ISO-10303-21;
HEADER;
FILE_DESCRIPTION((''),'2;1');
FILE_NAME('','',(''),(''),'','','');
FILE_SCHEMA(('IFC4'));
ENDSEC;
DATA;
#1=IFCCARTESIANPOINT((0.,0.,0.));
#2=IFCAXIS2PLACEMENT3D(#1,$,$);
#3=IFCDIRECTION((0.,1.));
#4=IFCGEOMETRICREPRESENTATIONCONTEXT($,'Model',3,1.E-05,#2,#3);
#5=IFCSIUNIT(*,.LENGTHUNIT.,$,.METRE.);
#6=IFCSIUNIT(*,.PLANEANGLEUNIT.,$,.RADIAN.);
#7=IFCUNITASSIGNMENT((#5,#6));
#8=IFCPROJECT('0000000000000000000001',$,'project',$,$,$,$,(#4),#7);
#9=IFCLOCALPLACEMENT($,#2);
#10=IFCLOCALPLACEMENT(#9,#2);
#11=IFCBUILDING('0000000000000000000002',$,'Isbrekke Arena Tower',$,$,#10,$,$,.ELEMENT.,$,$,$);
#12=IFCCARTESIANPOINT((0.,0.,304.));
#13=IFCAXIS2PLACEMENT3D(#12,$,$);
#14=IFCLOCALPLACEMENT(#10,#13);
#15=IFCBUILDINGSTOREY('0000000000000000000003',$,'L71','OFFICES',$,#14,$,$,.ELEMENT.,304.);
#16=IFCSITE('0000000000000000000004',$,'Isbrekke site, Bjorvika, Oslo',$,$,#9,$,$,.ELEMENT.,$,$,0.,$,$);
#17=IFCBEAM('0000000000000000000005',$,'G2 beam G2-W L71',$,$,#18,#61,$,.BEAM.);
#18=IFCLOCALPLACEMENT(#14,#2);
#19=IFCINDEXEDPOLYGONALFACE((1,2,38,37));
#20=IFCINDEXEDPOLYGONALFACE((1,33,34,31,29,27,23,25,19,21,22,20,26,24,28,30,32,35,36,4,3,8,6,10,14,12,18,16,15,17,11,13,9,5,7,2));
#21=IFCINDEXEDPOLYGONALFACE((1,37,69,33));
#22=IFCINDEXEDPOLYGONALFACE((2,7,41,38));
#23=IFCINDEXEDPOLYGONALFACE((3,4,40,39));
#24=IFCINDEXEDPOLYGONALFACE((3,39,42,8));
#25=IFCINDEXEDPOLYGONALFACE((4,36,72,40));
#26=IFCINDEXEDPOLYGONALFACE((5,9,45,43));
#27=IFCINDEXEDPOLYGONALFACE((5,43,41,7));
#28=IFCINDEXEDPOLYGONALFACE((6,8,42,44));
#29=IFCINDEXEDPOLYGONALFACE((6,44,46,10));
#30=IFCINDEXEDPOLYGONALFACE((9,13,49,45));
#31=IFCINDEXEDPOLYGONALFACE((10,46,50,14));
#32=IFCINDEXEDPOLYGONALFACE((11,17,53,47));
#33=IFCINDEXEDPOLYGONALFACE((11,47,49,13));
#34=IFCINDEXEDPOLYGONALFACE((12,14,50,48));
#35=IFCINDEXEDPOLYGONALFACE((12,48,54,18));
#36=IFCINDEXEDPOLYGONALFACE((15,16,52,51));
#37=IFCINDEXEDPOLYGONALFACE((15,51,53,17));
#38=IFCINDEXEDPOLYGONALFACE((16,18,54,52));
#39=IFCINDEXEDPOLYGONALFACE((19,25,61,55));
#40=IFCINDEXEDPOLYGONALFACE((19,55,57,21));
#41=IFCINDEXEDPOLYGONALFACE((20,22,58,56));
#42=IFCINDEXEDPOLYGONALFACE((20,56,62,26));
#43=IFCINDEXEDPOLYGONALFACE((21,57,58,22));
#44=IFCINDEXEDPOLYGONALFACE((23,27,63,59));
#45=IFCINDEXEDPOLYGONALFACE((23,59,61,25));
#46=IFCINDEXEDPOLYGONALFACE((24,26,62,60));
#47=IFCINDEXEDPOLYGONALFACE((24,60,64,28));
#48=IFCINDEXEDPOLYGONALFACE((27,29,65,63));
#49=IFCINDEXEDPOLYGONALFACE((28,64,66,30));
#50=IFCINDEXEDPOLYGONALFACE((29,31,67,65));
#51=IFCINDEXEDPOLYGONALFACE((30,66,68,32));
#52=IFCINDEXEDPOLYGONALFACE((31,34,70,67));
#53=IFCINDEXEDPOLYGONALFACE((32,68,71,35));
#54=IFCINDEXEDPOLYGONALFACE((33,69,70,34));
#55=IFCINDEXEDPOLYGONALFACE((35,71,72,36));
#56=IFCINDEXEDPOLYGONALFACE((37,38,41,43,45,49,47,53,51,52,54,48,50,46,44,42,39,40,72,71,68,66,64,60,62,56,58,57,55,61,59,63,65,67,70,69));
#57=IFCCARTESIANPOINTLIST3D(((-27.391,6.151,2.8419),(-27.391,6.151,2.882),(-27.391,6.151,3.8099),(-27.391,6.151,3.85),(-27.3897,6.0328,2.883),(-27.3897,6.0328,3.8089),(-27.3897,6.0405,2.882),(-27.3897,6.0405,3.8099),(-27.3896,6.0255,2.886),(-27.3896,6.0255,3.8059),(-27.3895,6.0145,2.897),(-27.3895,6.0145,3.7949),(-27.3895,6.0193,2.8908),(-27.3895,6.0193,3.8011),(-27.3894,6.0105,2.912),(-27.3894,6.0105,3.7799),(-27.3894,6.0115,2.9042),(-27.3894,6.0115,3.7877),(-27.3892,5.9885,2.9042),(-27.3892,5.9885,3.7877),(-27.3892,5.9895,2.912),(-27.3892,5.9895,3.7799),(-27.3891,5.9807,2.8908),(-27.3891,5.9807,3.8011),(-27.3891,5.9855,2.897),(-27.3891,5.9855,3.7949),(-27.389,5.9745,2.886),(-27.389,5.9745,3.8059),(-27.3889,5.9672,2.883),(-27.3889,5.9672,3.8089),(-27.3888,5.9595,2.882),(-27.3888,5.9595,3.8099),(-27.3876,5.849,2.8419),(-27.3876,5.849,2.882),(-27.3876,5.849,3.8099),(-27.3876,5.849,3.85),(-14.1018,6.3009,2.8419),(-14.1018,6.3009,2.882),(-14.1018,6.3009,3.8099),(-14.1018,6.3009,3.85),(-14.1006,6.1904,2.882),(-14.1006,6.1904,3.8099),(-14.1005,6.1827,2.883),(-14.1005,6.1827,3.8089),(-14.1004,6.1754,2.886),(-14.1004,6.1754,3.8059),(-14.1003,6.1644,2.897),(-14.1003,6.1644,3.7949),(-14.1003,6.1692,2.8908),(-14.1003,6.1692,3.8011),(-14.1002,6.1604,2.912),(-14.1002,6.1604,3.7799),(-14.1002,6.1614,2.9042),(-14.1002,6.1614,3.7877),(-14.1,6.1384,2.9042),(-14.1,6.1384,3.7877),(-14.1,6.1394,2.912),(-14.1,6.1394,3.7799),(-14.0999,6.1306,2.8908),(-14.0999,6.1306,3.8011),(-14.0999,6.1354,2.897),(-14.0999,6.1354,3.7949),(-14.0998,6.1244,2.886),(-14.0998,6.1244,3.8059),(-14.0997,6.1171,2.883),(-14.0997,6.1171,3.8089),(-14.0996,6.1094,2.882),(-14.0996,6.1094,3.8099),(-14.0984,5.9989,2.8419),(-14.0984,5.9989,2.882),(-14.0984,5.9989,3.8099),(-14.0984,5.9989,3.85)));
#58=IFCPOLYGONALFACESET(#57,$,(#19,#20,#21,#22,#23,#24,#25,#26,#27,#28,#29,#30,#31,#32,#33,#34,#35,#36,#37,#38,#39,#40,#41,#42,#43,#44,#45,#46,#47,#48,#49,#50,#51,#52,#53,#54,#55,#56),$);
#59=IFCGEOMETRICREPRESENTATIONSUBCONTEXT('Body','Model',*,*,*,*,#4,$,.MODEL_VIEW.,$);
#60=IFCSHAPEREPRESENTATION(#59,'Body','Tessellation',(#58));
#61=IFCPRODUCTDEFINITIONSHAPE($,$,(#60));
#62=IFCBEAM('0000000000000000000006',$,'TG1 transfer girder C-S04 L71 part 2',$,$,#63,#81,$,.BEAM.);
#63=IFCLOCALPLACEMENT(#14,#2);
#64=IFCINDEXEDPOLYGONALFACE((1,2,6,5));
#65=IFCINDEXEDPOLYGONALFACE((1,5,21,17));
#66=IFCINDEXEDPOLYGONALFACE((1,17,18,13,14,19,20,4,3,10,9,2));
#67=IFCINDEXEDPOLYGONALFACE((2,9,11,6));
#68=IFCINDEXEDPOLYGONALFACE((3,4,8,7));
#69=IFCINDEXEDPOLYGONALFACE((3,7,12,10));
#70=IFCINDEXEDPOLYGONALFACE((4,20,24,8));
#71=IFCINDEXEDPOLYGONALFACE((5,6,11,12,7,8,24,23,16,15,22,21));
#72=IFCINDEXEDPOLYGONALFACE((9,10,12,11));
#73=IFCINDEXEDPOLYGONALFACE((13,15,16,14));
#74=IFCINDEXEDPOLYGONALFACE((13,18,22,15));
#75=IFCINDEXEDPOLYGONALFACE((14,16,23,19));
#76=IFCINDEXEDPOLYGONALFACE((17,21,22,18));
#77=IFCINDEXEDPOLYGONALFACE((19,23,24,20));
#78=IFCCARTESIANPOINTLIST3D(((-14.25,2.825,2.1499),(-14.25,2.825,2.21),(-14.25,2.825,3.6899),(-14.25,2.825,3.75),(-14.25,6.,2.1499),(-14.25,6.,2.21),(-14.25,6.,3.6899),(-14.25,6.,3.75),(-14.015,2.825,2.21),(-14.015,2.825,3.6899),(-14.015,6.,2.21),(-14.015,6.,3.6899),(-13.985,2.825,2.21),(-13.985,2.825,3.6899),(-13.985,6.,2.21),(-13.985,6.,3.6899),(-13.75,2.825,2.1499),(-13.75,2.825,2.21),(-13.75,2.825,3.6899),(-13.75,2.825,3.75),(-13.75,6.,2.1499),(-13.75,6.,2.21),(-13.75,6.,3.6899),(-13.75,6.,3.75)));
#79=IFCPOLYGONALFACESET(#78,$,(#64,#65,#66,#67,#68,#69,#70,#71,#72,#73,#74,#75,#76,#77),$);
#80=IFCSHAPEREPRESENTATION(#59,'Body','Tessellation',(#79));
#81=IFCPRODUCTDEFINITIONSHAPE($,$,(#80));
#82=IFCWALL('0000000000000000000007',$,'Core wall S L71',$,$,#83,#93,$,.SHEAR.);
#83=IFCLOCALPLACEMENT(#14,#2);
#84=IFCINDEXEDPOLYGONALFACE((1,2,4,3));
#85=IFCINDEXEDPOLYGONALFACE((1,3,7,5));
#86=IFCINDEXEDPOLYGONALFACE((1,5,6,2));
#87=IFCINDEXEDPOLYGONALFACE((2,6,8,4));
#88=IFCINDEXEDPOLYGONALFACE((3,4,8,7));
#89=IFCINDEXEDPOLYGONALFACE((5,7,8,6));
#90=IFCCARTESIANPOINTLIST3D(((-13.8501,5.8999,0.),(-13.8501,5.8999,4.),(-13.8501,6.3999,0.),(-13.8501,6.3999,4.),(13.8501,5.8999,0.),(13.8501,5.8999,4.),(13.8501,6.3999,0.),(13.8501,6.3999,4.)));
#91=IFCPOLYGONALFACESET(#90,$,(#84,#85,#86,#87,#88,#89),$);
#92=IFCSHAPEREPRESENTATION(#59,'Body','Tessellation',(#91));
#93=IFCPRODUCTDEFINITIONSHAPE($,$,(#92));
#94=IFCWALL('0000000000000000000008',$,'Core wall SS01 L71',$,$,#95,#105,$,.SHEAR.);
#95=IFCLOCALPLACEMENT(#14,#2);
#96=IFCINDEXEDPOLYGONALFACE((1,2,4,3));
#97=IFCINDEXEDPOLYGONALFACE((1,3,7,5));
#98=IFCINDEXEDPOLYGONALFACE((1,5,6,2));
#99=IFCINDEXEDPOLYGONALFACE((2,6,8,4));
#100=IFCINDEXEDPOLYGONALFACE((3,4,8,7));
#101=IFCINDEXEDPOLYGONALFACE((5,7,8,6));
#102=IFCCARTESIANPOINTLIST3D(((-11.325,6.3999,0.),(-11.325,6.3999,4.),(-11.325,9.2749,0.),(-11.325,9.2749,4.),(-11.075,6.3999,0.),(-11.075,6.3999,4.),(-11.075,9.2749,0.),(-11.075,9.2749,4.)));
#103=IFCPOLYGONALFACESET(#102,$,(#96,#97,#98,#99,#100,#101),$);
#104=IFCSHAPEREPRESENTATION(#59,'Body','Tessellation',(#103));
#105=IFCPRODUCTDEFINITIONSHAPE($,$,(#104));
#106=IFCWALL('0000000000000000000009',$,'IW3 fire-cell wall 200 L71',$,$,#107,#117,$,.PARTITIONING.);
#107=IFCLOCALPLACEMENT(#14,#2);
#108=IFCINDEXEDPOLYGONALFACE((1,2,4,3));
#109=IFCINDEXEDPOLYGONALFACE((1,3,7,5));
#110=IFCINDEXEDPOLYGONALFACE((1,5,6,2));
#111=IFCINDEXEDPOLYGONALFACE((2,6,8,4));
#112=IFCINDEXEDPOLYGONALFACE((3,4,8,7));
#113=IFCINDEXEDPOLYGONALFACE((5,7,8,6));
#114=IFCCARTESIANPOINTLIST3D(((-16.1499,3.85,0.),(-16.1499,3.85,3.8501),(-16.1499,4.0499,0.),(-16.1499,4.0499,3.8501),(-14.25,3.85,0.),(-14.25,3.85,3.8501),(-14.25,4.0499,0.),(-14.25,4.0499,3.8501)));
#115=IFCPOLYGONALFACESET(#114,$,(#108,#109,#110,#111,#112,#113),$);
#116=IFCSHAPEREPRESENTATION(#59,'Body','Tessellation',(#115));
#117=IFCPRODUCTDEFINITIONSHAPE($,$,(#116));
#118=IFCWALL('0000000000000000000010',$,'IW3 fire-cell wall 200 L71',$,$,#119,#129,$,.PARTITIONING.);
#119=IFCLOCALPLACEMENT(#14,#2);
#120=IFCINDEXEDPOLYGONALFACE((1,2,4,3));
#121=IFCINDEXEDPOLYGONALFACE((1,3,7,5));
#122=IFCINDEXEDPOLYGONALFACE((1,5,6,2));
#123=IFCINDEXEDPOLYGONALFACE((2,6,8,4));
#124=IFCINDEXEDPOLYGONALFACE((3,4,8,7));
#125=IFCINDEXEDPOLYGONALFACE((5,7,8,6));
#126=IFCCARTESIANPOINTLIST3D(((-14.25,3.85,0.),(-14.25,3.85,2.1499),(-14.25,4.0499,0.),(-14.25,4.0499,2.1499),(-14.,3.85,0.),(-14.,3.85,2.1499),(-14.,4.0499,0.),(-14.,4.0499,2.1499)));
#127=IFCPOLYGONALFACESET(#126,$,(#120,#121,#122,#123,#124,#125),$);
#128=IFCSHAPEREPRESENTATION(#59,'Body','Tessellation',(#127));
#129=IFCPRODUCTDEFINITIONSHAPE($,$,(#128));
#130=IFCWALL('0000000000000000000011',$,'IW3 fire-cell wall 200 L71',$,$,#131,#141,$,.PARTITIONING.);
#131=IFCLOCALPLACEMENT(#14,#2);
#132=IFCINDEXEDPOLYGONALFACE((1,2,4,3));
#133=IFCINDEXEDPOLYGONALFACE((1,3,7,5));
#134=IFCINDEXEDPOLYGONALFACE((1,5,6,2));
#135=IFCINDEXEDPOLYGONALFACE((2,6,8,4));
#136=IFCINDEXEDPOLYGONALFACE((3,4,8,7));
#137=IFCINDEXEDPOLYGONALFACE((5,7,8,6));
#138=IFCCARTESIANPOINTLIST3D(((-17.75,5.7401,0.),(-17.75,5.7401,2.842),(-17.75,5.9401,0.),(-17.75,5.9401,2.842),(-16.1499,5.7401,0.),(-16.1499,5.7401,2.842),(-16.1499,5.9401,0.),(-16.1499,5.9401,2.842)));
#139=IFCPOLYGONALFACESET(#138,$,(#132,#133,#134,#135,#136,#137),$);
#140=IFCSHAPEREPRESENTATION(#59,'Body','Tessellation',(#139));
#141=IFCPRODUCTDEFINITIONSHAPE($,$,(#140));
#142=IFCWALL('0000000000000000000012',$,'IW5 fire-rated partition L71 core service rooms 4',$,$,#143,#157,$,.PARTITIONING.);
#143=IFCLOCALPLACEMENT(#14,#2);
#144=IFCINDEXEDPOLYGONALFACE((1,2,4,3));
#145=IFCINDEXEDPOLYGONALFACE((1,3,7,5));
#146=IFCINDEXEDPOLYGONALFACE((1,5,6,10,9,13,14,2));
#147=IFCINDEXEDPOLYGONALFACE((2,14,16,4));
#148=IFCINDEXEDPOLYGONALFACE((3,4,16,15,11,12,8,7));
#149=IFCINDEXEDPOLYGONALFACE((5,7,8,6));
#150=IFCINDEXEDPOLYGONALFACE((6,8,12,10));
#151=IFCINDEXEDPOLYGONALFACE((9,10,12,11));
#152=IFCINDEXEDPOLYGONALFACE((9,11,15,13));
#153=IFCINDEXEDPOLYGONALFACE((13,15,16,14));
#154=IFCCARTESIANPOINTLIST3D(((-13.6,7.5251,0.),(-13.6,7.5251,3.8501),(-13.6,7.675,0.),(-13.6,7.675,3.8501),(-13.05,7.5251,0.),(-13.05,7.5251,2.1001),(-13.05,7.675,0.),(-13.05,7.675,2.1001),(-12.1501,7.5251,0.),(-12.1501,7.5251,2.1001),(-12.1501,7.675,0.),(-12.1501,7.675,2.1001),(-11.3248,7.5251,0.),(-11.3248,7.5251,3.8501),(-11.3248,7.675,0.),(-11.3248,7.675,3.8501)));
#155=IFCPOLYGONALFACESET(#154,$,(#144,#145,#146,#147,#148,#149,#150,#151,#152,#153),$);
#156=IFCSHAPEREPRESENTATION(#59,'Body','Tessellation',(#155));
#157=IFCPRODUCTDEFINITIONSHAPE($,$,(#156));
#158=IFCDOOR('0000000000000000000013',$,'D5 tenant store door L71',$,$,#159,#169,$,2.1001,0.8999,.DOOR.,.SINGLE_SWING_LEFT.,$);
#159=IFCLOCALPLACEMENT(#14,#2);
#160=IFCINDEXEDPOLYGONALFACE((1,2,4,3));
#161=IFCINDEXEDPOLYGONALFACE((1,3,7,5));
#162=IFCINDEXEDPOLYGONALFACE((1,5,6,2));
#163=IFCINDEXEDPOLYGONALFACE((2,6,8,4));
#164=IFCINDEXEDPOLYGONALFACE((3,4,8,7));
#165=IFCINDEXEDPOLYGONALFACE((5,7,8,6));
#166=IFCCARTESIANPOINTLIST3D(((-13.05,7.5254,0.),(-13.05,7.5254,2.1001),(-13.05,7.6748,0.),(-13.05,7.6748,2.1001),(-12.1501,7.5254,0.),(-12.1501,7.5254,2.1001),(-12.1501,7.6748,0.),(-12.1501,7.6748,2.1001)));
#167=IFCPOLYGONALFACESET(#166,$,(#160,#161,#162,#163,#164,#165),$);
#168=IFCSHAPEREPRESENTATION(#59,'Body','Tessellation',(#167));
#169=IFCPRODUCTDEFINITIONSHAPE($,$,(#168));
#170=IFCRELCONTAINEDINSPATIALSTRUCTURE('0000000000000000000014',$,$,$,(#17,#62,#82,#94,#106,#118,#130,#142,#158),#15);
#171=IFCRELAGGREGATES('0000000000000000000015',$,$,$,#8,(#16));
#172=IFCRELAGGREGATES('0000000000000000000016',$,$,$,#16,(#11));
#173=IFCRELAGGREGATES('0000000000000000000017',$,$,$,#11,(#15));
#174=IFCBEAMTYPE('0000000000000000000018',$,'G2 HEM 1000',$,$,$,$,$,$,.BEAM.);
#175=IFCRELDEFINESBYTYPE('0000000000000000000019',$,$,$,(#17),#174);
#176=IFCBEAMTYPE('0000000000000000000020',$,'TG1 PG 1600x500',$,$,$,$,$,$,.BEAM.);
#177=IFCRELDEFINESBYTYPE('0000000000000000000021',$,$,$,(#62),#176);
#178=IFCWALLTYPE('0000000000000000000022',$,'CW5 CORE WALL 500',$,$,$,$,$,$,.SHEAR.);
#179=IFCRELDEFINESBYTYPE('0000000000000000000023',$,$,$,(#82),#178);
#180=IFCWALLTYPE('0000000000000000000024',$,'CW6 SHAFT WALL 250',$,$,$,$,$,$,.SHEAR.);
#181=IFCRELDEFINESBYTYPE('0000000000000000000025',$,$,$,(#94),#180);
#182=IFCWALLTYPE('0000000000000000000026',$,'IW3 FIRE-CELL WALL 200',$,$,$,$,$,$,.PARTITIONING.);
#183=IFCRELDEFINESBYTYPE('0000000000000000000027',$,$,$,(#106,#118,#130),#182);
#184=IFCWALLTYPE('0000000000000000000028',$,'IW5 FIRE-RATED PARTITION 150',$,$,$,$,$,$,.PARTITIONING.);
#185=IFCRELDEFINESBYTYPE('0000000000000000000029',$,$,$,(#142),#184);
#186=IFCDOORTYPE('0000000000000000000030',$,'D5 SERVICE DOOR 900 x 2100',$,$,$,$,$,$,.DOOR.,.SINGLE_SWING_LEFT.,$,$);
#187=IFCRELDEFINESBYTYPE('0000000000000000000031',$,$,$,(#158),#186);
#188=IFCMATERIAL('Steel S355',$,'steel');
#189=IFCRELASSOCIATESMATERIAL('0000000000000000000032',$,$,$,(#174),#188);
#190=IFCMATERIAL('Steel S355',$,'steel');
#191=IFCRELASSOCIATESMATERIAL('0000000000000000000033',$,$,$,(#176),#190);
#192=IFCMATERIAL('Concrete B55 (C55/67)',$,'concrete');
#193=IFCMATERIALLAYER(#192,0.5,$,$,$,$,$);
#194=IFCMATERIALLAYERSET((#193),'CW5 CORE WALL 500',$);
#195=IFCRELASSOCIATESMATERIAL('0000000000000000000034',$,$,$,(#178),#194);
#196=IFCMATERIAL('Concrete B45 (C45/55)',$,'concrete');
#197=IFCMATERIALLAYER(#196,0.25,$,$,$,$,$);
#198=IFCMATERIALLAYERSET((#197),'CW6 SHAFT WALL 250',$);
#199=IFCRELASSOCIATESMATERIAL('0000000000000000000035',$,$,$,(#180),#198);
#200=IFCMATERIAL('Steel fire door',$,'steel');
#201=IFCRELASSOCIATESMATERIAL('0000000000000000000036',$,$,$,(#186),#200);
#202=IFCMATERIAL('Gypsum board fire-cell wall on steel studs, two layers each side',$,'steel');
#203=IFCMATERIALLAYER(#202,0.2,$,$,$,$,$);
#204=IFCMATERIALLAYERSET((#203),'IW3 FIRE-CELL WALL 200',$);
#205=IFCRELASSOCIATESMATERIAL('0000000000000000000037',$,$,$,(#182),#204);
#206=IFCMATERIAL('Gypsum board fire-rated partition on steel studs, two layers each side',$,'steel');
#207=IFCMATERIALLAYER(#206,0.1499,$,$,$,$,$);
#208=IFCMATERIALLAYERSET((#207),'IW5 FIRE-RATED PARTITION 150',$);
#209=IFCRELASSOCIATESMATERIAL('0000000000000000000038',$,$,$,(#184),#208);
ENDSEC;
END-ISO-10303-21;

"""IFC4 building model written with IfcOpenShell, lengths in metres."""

from ifc_helpers import new_model, si_unit, direction, frame, frame_2d, origin, origin_2d, place, context, subcontext, project, spatial, rectangle, i_section, extrude, material, layer, layer_set, material_profile, profile_set, type_object, element, fill, save


model = new_model("IFC4")

# Units and contexts
model_context = context("Model", 3, precision=1e-05, world=origin(), true_north=direction((0.0, 1.0)))
body_context = subcontext(model_context, "Body", "Model", "MODEL_VIEW")
ifc_project = project(units=[si_unit("LENGTHUNIT", "METRE"), si_unit("PLANEANGLEUNIT", "RADIAN")], contexts=[model_context])

# Site, building, storey
site_placement = place(None, origin())
site = spatial("IfcSite", under=ifc_project, at=site_placement, Name="Isbrekke site, Bjorvika, Oslo", CompositionType="ELEMENT", RefElevation=0.0)
building_placement = place(site_placement, origin())
building = spatial("IfcBuilding", under=site, at=building_placement, Name="Isbrekke Arena Tower", CompositionType="ELEMENT")
storey_placement = place(building_placement, frame((0.0, 0.0, 304.0)))
storey = spatial("IfcBuildingStorey", under=building, at=storey_placement, Name="L71", Description="OFFICES", CompositionType="ELEMENT", Elevation=304.0)

# Beams
ifc_material_1 = material(Name="Steel S355", Category="steel")
ifc_material_profile_1 = material_profile(ifc_material_1, i_section(OverallWidth=0.302, OverallDepth=1.0081, WebThickness=0.021, FlangeThickness=0.04, FilletRadius=0.03, at=origin_2d()), Name="HEM 1000")
ifc_profile_set_1 = profile_set([ifc_material_profile_1], Name="Steel S355")
beam_type_1 = type_object("IfcBeamType", Name="G2 HEM 1000", PredefinedType="BEAM", material=ifc_profile_set_1)
beam_1_placement = place(storey_placement, frame((-14.1001, 6.1499, 3.3459), z_axis=(-0.999936, -0.011279, 0.0), x_axis=(0.011279, -0.999936, 0.0)))
element("IfcBeam", 1, at=beam_1_placement, inside=storey, type_object=beam_type_1, Name="G2 beam G2-W L71", PredefinedType="BEAM", context=body_context, shape_type="SweptSolid", body=[
    extrude(i_section(OverallWidth=0.302, OverallDepth=1.0081, WebThickness=0.021, FlangeThickness=0.04, FilletRadius=0.03, at=origin_2d()), origin(), (0.0, 0.0, 1.0), 13.29),
])
ifc_material_2 = material(Name="Steel S355", Category="steel")
ifc_material_profile_2 = material_profile(ifc_material_2, i_section(OverallWidth=0.5, OverallDepth=1.6001, WebThickness=0.03, FlangeThickness=0.0601, at=origin_2d()), Name="PG 1600x500")
ifc_profile_set_2 = profile_set([ifc_material_profile_2], Name="Steel S355")
beam_type_2 = type_object("IfcBeamType", Name="TG1 PG 1600x500", PredefinedType="BEAM", material=ifc_profile_set_2)
beam_2_placement = place(storey_placement, frame((-14.0, 2.825, 2.95), z_axis=(0.0, 1.0, 0.0), x_axis=(-1.0, 0.0, 0.0)))
element("IfcBeam", 2, at=beam_2_placement, inside=storey, type_object=beam_type_2, Name="TG1 transfer girder C-S04 L71 part 2", PredefinedType="BEAM", context=body_context, shape_type="SweptSolid", body=[
    extrude(i_section(OverallWidth=0.5, OverallDepth=1.6001, WebThickness=0.03, FlangeThickness=0.0601, at=origin_2d()), origin(), (0.0, 0.0, 1.0), 3.175),
])

# Wall
ifc_material_3 = material(Name="Concrete B55 (C55/67)", Category="concrete")
ifc_layer_1 = layer(ifc_material_3, 0.5)
ifc_layer_set_1 = layer_set([ifc_layer_1], Name="CW5 CORE WALL 500")
wall_type_1 = type_object("IfcWallType", Name="CW5 CORE WALL 500", PredefinedType="SHEAR", material=ifc_layer_set_1)
wall_1_placement = place(storey_placement, frame((-13.8501, 6.1499, 0.0), z_axis=(0.0, 0.0, 1.0), x_axis=(1.0, 0.0, 0.0)))
element("IfcWall", 3, at=wall_1_placement, inside=storey, type_object=wall_type_1, Name="Core wall S L71", PredefinedType="SHEAR", context=body_context, shape_type="SweptSolid", body=[
    extrude(rectangle(XDim=27.7002, YDim=0.5, at=frame_2d((13.8501, 0.0))), origin(), (0.0, 0.0, 1.0), 4.0),
])

# Shared definitions
ifc_material_4 = material(Name="Concrete B45 (C45/55)", Category="concrete")
ifc_layer_2 = layer(ifc_material_4, 0.25)
ifc_layer_set_2 = layer_set([ifc_layer_2], Name="CW6 SHAFT WALL 250")
wall_type_2 = type_object("IfcWallType", Name="CW6 SHAFT WALL 250", PredefinedType="SHEAR", material=ifc_layer_set_2)
ifc_material_5 = material(Name="Steel fire door", Category="steel")
door_type_1 = type_object("IfcDoorType", Name="D5 SERVICE DOOR 900 x 2100", OperationType="SINGLE_SWING_LEFT", PredefinedType="DOOR", material=ifc_material_5)

# Walls
wall_2_placement = place(storey_placement, frame((-11.2, 6.3999, 0.0), z_axis=(0.0, 0.0, 1.0), x_axis=(0.0, 1.0, 0.0)))
element("IfcWall", 4, at=wall_2_placement, inside=storey, type_object=wall_type_2, Name="Core wall SS01 L71", PredefinedType="SHEAR", context=body_context, shape_type="SweptSolid", body=[
    extrude(rectangle(XDim=2.875, YDim=0.25, at=frame_2d((1.4375, 0.0))), origin(), (0.0, 0.0, 1.0), 4.0),
])
ifc_material_6 = material(Name="Gypsum board fire-cell wall on steel studs, two layers each side", Category="steel")
ifc_layer_3 = layer(ifc_material_6, 0.2)
ifc_layer_set_3 = layer_set([ifc_layer_3], Name="IW3 FIRE-CELL WALL 200")
wall_type_3 = type_object("IfcWallType", Name="IW3 FIRE-CELL WALL 200", PredefinedType="PARTITIONING", material=ifc_layer_set_3)
wall_3_placement = place(storey_placement, frame((-16.1499, 3.95, 0.0), z_axis=(0.0, 0.0, 1.0), x_axis=(1.0, 0.0, 0.0)))
element("IfcWall", 5, at=wall_3_placement, inside=storey, type_object=wall_type_3, Name="IW3 fire-cell wall 200 L71", PredefinedType="PARTITIONING", context=body_context, shape_type="SweptSolid", body=[
    extrude(rectangle(XDim=1.8999, YDim=0.2, at=frame_2d((0.95, 0.0))), origin(), (0.0, 0.0, 1.0), 3.8501),
])
wall_4_placement = place(storey_placement, frame((-14.25, 3.95, 0.0), z_axis=(0.0, 0.0, 1.0), x_axis=(1.0, 0.0, 0.0)))
element("IfcWall", 6, at=wall_4_placement, inside=storey, type_object=wall_type_3, Name="IW3 fire-cell wall 200 L71", PredefinedType="PARTITIONING", context=body_context, shape_type="SweptSolid", body=[
    extrude(rectangle(XDim=0.25, YDim=0.2, at=frame_2d((0.125, 0.0))), origin(), (0.0, 0.0, 1.0), 2.1499),
])
wall_5_placement = place(storey_placement, frame((-17.75, 5.8401, 0.0), z_axis=(0.0, 0.0, 1.0), x_axis=(1.0, 0.0, 0.0)))
element("IfcWall", 7, at=wall_5_placement, inside=storey, type_object=wall_type_3, Name="IW3 fire-cell wall 200 L71", PredefinedType="PARTITIONING", context=body_context, shape_type="SweptSolid", body=[
    extrude(rectangle(XDim=1.6001, YDim=0.2, at=frame_2d((0.8, 0.0))), origin(), (0.0, 0.0, 1.0), 2.842),
])

# Wall, opening, door
ifc_material_7 = material(Name="Gypsum board fire-rated partition on steel studs, two layers each side", Category="steel")
ifc_layer_4 = layer(ifc_material_7, 0.1499)
ifc_layer_set_4 = layer_set([ifc_layer_4], Name="IW5 FIRE-RATED PARTITION 150")
wall_type_4 = type_object("IfcWallType", Name="IW5 FIRE-RATED PARTITION 150", PredefinedType="PARTITIONING", material=ifc_layer_set_4)
wall_6_placement = place(storey_placement, frame((-13.6001, 7.6001, 0.0), z_axis=(0.0, 0.0, 1.0), x_axis=(1.0, 0.0, 0.0)))
wall_6 = element("IfcWall", 8, at=wall_6_placement, inside=storey, type_object=wall_type_4, Name="IW5 fire-rated partition L71 core service rooms 4", PredefinedType="PARTITIONING", context=body_context, shape_type="SweptSolid", body=[
    extrude(rectangle(XDim=2.2751, YDim=0.1499, at=frame_2d((1.1377, 0.0))), origin(), (0.0, 0.0, 1.0), 3.8501),
])
opening_1_placement = place(wall_6_placement, frame((0.55, 0.0, 0.0)))
opening_1 = element("IfcOpeningElement", 9, at=opening_1_placement, cuts=wall_6, PredefinedType="OPENING", context=body_context, shape_type="SweptSolid", body=[
    extrude(rectangle(XDim=0.8999, YDim=2.1001, at=frame_2d((0.45, 1.05))), frame((0.0, 0.0898, 0.0), z_axis=(0.0, -1.0, 0.0), x_axis=(1.0, 0.0, 0.0)), (0.0, 0.0, 1.0), 0.1797),
])
door_1_placement = place(opening_1_placement, origin())
door_1 = element("IfcDoor", 10, at=door_1_placement, inside=storey, type_object=door_type_1, Name="D5 tenant store door L71", OperationType="SINGLE_SWING_LEFT", OverallHeight=2.1001, OverallWidth=0.8999, PredefinedType="DOOR", context=body_context, shape_type="SweptSolid", body=[
    extrude(rectangle(XDim=0.8999, YDim=2.1001, at=frame_2d((0.45, 1.05))), frame((0.0, 0.0747, 0.0), z_axis=(0.0, -1.0, 0.0), x_axis=(1.0, 0.0, 0.0)), (0.0, 0.0, 1.0), 0.1494),
])
fill(opening_1, door_1)

save(model, "model.ifc")
